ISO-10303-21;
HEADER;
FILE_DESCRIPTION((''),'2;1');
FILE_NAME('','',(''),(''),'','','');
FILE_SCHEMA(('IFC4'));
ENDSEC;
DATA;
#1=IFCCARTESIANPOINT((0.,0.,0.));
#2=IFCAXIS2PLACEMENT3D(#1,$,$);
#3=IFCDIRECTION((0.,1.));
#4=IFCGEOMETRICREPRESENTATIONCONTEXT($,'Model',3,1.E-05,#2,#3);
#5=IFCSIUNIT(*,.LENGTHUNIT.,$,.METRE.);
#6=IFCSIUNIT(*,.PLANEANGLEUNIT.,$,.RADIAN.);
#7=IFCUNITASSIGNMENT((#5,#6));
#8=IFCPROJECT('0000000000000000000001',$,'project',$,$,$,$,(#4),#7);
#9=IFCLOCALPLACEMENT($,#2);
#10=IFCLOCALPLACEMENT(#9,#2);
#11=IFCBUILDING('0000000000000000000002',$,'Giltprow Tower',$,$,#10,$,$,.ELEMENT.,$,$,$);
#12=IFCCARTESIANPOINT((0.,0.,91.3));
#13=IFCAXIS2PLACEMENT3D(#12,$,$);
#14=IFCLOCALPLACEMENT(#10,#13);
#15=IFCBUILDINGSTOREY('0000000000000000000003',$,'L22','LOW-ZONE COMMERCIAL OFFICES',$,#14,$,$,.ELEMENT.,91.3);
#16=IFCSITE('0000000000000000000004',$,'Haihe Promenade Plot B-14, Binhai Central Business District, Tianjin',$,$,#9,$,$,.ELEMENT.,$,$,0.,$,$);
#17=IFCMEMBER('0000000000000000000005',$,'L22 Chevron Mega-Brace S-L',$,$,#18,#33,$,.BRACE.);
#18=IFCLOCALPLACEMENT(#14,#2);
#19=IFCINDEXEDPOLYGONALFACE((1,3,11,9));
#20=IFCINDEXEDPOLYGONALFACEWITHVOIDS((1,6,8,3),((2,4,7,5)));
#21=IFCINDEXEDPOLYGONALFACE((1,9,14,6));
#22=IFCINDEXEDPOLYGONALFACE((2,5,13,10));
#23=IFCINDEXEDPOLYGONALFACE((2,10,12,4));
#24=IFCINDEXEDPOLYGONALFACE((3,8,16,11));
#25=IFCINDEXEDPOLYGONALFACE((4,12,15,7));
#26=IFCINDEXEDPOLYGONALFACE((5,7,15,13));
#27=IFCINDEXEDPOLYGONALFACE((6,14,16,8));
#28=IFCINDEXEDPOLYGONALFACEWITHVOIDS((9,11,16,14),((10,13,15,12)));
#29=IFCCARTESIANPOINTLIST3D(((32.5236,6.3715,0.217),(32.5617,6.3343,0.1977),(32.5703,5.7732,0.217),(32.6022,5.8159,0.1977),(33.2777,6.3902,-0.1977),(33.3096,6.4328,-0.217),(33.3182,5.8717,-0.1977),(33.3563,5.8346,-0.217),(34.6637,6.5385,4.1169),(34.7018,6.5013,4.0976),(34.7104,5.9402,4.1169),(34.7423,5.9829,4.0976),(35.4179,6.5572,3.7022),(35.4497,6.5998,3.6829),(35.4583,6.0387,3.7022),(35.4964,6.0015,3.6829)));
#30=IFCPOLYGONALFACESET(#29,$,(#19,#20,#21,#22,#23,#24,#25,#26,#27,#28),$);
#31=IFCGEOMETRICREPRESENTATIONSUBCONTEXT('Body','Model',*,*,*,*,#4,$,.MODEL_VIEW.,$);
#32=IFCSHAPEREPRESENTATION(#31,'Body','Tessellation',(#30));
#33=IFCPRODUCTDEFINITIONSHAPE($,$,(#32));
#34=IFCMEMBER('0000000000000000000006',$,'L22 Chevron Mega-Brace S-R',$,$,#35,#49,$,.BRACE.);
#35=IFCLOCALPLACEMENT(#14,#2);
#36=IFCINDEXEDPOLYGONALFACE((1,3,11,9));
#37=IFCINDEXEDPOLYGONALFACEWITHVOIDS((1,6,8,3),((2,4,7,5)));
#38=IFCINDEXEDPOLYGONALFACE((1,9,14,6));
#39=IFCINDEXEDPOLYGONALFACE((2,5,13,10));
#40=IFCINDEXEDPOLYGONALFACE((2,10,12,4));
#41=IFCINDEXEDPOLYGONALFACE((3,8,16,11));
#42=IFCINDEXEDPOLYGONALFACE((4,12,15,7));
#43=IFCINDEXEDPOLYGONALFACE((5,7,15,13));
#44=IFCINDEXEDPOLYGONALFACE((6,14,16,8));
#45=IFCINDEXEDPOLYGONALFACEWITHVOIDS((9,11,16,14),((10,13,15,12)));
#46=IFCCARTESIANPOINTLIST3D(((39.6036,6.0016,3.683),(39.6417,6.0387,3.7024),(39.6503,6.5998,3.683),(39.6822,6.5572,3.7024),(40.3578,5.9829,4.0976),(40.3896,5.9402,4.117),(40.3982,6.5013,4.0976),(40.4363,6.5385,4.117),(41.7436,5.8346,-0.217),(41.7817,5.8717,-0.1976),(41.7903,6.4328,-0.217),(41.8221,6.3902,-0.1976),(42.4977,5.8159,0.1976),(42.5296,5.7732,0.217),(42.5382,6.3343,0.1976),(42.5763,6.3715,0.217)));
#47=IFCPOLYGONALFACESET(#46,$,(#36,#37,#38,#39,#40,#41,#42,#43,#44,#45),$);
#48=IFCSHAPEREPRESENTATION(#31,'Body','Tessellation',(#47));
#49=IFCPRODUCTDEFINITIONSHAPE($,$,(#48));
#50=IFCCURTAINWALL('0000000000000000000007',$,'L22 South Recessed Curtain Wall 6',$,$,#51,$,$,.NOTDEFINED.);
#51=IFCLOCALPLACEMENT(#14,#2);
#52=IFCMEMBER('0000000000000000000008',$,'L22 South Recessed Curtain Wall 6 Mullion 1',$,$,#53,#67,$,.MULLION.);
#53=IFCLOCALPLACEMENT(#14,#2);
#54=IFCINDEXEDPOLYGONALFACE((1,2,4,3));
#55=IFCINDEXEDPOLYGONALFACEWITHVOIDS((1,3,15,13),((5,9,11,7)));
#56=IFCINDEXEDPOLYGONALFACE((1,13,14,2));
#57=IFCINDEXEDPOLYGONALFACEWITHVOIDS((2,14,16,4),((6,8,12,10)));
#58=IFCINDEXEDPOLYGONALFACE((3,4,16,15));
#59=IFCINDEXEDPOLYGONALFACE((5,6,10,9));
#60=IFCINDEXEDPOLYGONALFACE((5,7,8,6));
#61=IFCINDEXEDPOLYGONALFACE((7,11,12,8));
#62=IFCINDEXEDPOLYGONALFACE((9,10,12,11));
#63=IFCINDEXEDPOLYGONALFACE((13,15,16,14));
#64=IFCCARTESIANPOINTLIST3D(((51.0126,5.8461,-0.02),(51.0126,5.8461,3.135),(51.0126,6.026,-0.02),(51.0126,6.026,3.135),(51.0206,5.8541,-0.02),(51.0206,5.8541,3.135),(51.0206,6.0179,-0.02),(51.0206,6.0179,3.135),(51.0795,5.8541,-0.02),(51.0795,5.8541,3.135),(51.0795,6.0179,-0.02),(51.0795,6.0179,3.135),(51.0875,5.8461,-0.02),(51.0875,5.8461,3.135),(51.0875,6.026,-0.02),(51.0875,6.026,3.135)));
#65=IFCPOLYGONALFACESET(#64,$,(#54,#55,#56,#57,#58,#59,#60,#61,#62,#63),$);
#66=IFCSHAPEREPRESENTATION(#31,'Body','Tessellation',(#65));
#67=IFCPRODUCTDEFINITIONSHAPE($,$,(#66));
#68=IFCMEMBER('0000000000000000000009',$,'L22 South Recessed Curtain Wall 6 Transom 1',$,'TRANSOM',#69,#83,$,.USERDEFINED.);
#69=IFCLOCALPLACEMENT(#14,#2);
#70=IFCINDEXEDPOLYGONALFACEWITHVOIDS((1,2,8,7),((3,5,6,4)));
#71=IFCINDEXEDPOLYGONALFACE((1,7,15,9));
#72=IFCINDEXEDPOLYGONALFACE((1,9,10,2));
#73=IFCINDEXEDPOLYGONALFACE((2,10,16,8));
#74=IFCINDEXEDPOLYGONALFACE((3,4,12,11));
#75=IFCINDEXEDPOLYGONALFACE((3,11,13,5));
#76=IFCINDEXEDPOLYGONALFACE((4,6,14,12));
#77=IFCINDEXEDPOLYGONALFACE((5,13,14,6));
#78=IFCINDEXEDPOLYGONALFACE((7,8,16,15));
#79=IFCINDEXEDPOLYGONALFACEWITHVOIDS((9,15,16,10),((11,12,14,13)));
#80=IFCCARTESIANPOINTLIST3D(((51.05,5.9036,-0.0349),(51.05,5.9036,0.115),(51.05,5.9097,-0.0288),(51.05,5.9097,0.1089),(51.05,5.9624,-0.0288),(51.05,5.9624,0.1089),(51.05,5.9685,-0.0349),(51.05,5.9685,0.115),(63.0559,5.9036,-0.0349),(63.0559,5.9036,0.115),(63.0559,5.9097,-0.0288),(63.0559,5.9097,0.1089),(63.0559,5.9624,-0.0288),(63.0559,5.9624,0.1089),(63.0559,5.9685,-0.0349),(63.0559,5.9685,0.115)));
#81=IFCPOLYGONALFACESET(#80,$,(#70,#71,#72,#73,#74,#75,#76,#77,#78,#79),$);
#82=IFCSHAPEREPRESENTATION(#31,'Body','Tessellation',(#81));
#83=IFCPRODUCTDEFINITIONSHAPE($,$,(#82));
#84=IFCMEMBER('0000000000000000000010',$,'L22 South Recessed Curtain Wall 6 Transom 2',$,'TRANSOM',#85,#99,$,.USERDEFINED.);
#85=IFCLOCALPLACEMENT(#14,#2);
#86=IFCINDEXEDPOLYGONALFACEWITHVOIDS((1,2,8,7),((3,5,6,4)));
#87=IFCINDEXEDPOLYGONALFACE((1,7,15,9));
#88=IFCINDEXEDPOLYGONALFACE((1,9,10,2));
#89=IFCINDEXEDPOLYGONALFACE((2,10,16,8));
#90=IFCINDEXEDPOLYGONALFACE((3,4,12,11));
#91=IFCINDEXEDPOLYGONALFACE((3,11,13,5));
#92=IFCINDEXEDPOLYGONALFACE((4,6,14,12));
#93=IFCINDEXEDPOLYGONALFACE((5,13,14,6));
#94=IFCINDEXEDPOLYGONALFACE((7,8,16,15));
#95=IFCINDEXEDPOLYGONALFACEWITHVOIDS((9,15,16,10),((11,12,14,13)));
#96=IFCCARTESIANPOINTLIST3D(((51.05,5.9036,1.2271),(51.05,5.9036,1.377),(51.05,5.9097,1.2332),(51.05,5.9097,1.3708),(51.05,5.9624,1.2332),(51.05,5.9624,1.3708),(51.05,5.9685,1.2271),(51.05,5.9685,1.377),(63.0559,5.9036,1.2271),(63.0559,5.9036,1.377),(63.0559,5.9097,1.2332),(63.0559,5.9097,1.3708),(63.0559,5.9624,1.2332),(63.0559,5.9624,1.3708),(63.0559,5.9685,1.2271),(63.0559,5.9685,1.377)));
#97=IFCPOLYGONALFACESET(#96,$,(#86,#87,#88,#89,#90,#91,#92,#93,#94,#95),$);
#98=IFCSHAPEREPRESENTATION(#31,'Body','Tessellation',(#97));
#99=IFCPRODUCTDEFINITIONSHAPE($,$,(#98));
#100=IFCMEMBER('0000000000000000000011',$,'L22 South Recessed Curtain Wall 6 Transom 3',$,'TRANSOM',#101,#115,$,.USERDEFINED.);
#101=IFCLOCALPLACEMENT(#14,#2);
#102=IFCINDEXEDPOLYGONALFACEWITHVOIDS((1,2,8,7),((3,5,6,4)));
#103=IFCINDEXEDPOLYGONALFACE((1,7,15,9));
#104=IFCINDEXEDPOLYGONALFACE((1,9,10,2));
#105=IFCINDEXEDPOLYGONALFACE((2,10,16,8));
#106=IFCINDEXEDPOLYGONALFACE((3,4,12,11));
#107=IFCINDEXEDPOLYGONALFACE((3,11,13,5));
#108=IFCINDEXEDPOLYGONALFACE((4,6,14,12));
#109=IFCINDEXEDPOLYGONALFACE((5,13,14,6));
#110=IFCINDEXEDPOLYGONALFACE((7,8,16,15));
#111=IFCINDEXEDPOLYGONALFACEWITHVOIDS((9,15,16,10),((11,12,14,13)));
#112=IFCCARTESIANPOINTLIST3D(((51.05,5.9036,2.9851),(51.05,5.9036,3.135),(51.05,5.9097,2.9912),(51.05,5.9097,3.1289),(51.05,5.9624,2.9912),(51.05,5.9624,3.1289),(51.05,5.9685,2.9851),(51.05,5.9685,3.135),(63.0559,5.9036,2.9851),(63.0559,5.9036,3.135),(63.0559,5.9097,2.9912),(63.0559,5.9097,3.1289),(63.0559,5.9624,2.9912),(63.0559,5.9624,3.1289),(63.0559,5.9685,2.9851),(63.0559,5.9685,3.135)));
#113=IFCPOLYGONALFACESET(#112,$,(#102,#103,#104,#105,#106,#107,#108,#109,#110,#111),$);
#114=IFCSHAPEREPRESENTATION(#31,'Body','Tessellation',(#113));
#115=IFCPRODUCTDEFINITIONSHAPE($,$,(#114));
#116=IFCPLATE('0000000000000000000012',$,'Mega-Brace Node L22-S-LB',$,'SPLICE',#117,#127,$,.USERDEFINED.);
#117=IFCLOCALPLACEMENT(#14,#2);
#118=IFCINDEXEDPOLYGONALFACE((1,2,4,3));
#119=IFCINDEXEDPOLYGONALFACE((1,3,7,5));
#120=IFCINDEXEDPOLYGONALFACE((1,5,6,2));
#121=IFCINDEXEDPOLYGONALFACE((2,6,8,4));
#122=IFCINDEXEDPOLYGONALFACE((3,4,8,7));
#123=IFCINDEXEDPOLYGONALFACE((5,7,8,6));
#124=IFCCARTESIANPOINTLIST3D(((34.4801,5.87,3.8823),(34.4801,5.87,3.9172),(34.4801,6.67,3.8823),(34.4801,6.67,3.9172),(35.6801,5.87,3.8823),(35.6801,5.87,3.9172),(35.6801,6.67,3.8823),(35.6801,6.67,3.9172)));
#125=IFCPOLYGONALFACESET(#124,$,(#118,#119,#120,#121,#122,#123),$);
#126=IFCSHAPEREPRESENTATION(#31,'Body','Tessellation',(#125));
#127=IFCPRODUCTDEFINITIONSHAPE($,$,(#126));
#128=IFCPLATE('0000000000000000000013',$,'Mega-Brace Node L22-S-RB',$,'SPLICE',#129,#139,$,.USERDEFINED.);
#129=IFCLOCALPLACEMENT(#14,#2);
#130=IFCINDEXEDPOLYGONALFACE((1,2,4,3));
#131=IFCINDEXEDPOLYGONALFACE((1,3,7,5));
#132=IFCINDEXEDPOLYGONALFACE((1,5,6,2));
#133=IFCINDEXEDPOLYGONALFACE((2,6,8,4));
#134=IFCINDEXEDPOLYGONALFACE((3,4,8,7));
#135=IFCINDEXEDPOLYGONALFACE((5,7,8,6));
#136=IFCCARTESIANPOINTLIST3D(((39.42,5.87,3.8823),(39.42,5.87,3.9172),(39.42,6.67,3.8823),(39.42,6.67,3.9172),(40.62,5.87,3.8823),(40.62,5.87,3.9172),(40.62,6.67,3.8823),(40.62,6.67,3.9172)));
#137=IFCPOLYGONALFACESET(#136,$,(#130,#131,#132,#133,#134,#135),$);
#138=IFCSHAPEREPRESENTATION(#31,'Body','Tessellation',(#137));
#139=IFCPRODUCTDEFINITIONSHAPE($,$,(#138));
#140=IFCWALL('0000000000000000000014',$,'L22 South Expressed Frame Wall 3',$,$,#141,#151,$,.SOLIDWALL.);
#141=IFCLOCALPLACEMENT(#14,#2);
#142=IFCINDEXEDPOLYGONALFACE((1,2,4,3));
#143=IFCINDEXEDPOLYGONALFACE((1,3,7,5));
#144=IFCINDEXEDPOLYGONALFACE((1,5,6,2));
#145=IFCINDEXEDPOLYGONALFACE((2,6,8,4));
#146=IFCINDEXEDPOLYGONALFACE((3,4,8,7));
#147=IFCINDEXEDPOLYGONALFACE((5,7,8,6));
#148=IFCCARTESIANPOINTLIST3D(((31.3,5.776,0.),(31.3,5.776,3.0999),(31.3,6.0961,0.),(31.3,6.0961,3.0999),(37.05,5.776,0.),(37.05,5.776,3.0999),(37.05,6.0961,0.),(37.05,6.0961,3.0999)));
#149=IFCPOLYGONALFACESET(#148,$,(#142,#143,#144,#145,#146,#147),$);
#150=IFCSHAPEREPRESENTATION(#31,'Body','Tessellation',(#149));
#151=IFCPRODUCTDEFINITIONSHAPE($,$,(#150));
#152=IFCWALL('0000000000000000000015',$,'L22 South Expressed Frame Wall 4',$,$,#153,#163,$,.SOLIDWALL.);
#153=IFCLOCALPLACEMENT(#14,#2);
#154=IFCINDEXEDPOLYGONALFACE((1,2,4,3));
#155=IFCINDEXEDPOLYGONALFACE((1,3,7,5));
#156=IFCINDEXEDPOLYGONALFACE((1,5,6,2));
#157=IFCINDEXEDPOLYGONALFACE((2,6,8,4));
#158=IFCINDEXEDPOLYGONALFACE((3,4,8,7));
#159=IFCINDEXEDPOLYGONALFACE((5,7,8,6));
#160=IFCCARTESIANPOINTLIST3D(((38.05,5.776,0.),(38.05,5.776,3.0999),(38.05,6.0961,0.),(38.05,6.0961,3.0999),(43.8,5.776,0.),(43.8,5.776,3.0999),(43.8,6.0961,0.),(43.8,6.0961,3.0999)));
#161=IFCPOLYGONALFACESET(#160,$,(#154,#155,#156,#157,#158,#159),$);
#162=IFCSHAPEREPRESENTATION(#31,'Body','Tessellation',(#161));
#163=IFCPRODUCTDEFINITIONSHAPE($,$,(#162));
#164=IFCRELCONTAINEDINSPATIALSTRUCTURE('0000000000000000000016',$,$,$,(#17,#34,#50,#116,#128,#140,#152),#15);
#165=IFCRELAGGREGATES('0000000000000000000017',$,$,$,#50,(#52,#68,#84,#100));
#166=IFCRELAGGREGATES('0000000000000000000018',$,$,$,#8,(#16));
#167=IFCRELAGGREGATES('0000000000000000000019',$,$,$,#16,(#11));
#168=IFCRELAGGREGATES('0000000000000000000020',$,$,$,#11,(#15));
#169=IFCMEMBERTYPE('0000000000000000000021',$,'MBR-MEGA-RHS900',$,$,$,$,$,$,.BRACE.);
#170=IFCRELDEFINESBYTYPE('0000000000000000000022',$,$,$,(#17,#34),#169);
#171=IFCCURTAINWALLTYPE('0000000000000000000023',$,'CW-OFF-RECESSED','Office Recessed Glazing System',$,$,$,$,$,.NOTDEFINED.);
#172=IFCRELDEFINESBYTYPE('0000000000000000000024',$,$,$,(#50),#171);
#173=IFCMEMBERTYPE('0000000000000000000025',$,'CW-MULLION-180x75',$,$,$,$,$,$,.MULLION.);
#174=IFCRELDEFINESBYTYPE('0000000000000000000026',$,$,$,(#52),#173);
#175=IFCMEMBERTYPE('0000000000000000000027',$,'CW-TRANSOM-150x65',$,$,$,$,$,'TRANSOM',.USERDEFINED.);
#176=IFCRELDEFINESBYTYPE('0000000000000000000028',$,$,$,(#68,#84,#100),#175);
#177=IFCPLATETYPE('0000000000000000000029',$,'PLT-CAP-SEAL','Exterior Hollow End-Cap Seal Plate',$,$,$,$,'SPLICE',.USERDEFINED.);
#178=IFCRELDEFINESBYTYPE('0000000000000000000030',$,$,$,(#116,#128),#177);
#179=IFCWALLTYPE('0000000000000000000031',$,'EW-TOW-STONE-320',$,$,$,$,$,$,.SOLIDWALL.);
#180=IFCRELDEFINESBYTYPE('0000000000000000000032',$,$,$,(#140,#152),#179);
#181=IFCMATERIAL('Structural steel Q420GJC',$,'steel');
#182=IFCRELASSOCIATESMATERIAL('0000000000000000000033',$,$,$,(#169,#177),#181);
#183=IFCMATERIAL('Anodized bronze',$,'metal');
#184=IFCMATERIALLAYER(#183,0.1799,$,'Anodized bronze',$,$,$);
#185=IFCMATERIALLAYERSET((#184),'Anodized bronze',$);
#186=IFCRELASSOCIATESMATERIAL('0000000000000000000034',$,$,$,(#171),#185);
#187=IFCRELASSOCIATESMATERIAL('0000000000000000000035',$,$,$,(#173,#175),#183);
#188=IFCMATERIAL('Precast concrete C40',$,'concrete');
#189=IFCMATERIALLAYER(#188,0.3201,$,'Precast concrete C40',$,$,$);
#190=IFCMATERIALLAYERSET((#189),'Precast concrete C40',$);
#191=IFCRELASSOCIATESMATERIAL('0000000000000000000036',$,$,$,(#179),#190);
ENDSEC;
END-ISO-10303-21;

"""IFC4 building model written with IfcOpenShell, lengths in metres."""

from ifc_helpers import new_model, si_unit, direction, frame, frame_2d, origin, origin_2d, place, context, subcontext, project, spatial, rectangle, hollow_rectangle, extrude, source, transform, mapped, material, layer, layer_set, material_profile, profile_set, type_object, element, aggregate, save


model = new_model("IFC4")

# Units and contexts
model_context = context("Model", 3, precision=1e-05, world=origin(), true_north=direction((0.0, 1.0)))
body_context = subcontext(model_context, "Body", "Model", "MODEL_VIEW")
ifc_project = project(units=[si_unit("LENGTHUNIT", "METRE"), si_unit("PLANEANGLEUNIT", "RADIAN")], contexts=[model_context])

# Site, building, storey
site_placement = place(None, origin())
site = spatial("IfcSite", under=ifc_project, at=site_placement, Name="Haihe Promenade Plot B-14, Binhai Central Business District, Tianjin", CompositionType="ELEMENT", RefElevation=0.0)
building_placement = place(site_placement, origin())
building = spatial("IfcBuilding", under=site, at=building_placement, Name="Giltprow Tower", CompositionType="ELEMENT")
storey_placement = place(building_placement, frame((0.0, 0.0, 91.3)))
storey = spatial("IfcBuildingStorey", under=building, at=storey_placement, Name="L22", Description="LOW-ZONE COMMERCIAL OFFICES", CompositionType="ELEMENT", Elevation=91.3)

# Shared definitions
ifc_material_1 = material(Name="Structural steel Q420GJC", Category="steel")

# Members
ifc_material_profile_1 = material_profile(ifc_material_1, hollow_rectangle(XDim=0.6001, YDim=0.8999, WallThickness=0.04, at=origin_2d()), Name="RHS 900x600x40")
ifc_profile_set_1 = profile_set([ifc_material_profile_1], Name="Structural steel Q420GJC")
member_type_1 = type_object("IfcMemberType", Name="MBR-MEGA-RHS900", PredefinedType="BRACE", material=ifc_profile_set_1)
shared_shape_1 = source(origin(), body_context, "Body", "SweptSolid", [
    extrude(hollow_rectangle(XDim=0.6001, YDim=0.8999, WallThickness=0.04, at=origin_2d()), origin(), (0.0, 0.0, 1.0), 4.4517),
])
for number, where, z_axis, x_axis, name in (
    (1, (32.9399, 6.103, 0.0), (0.48075, 0.037512, 0.876055), (-0.077792, 0.99697, 0.0), "L22 Chevron Mega-Brace S-L"),
    (2, (42.1599, 6.103, 0.0), (-0.480708, 0.037513, 0.876078), (-0.077801, -0.996969, 0.0), "L22 Chevron Mega-Brace S-R"),
):
    element("IfcMember", number, at=place(storey_placement, frame(where, z_axis=z_axis, x_axis=x_axis)), inside=storey, type_object=member_type_1, Name=name, PredefinedType="BRACE", context=body_context, shape_type="MappedRepresentation", body=[
        mapped(shared_shape_1, transform((0.0, 0.0, 0.0), x_axis=(1.0, 0.0, 0.0), y_axis=(0.0, 1.0, 0.0), z_axis=(0.0, 0.0, 1.0), scale=1.0)),
    ])

# Curtain wall, members
ifc_material_2 = material(Name="Anodized bronze", Category="metal")
ifc_layer_1 = layer(ifc_material_2, 0.1799, Name="Anodized bronze")
ifc_layer_set_1 = layer_set([ifc_layer_1], Name="Anodized bronze")
curtain_wall_type = type_object("IfcCurtainWallType", Name="CW-OFF-RECESSED", Description="Office Recessed Glazing System", PredefinedType="NOTDEFINED", material=ifc_layer_set_1)
curtain_wall_placement = place(storey_placement, origin())
curtain_wall = element("IfcCurtainWall", 3, at=curtain_wall_placement, inside=storey, type_object=curtain_wall_type, Name="L22 South Recessed Curtain Wall 6", PredefinedType="NOTDEFINED")
ifc_material_profile_2 = material_profile(ifc_material_2, hollow_rectangle(XDim=0.075, YDim=0.1799, WallThickness=0.0081, at=origin_2d()), Name="RHS 180x75x8")
ifc_profile_set_2 = profile_set([ifc_material_profile_2], Name="Anodized bronze")
member_type_2 = type_object("IfcMemberType", Name="CW-MULLION-180x75", PredefinedType="MULLION", material=ifc_profile_set_2)
shared_shape_2 = source(origin(), body_context, "Body", "SweptSolid", [
    extrude(hollow_rectangle(XDim=0.075, YDim=0.1799, WallThickness=0.0081, at=origin_2d()), origin(), (0.0, 0.0, 1.0), 3.155),
])
member_1_placement = place(storey_placement, frame((51.05, 5.936, -0.02), z_axis=(0.0, 0.0, 1.0), x_axis=(1.0, 0.0, 0.0)))
member_1 = element("IfcMember", 4, at=member_1_placement, type_object=member_type_2, Name="L22 South Recessed Curtain Wall 6 Mullion 1", PredefinedType="MULLION", context=body_context, shape_type="MappedRepresentation", body=[
    mapped(shared_shape_2, transform((0.0, 0.0, 0.0), x_axis=(1.0, 0.0, 0.0), y_axis=(0.0, 1.0, 0.0), z_axis=(0.0, 0.0, 1.0), scale=1.0)),
])
ifc_material_profile_3 = material_profile(ifc_material_2, hollow_rectangle(XDim=0.0649, YDim=0.1499, WallThickness=0.0061, at=origin_2d()), Name="RHS 150x65x6")
ifc_profile_set_3 = profile_set([ifc_material_profile_3], Name="Anodized bronze")
member_type_3 = type_object("IfcMemberType", Name="CW-TRANSOM-150x65", ElementType="TRANSOM", PredefinedType="USERDEFINED", material=ifc_profile_set_3)
shared_shape_3 = source(origin(), body_context, "Body", "SweptSolid", [
    extrude(hollow_rectangle(XDim=0.0649, YDim=0.1499, WallThickness=0.0061, at=origin_2d()), origin(), (0.0, 0.0, 1.0), 12.0059),
])
member_2_placement = place(storey_placement, frame((51.05, 5.936, 0.04), z_axis=(1.0, 0.0, 0.0), x_axis=(0.0, 1.0, 0.0)))
member_2 = element("IfcMember", 5, at=member_2_placement, type_object=member_type_3, Name="L22 South Recessed Curtain Wall 6 Transom 1", ObjectType="TRANSOM", PredefinedType="USERDEFINED", context=body_context, shape_type="MappedRepresentation", body=[
    mapped(shared_shape_3, transform((0.0, 0.0, 0.0), x_axis=(1.0, 0.0, 0.0), y_axis=(0.0, 1.0, 0.0), z_axis=(0.0, 0.0, 1.0), scale=1.0)),
])
member_3_placement = place(storey_placement, frame((51.05, 5.936, 1.302), z_axis=(1.0, 0.0, 0.0), x_axis=(0.0, 1.0, 0.0)))
member_3 = element("IfcMember", 6, at=member_3_placement, type_object=member_type_3, Name="L22 South Recessed Curtain Wall 6 Transom 2", ObjectType="TRANSOM", PredefinedType="USERDEFINED", context=body_context, shape_type="MappedRepresentation", body=[
    mapped(shared_shape_3, transform((0.0, 0.0, 0.0), x_axis=(1.0, 0.0, 0.0), y_axis=(0.0, 1.0, 0.0), z_axis=(0.0, 0.0, 1.0), scale=1.0)),
])
member_4_placement = place(storey_placement, frame((51.05, 5.936, 3.0601), z_axis=(1.0, 0.0, 0.0), x_axis=(0.0, 1.0, 0.0)))
member_4 = element("IfcMember", 7, at=member_4_placement, type_object=member_type_3, Name="L22 South Recessed Curtain Wall 6 Transom 3", ObjectType="TRANSOM", PredefinedType="USERDEFINED", context=body_context, shape_type="MappedRepresentation", body=[
    mapped(shared_shape_3, transform((0.0, 0.0, 0.0), x_axis=(1.0, 0.0, 0.0), y_axis=(0.0, 1.0, 0.0), z_axis=(0.0, 0.0, 1.0), scale=1.0)),
])
aggregate(curtain_wall, [member_1, member_2, member_3, member_4])

# Plates
plate_type = type_object("IfcPlateType", Name="PLT-CAP-SEAL", Description="Exterior Hollow End-Cap Seal Plate", ElementType="SPLICE", PredefinedType="USERDEFINED", material=ifc_material_1)
shared_shape_4 = source(origin(), body_context, "Body", "SweptSolid", [
    extrude(rectangle(XDim=1.2, YDim=0.8, at=origin_2d()), origin(), (0.0, 0.0, 1.0), 0.0349),
])
for number, where, z_axis, x_axis, name in (
    (8, (35.0801, 6.27, 3.8823), (0.0, 0.0, 1.0), (1.0, 0.0, 0.0), "Mega-Brace Node L22-S-LB"),
    (9, (40.02, 6.27, 3.8823), (0.0, 0.0, 1.0), (1.0, 0.0, 0.0), "Mega-Brace Node L22-S-RB"),
):
    element("IfcPlate", number, at=place(storey_placement, frame(where, z_axis=z_axis, x_axis=x_axis)), inside=storey, type_object=plate_type, Name=name, ObjectType="SPLICE", PredefinedType="USERDEFINED", context=body_context, shape_type="MappedRepresentation", body=[
        mapped(shared_shape_4, transform((0.0, 0.0, 0.0), x_axis=(1.0, 0.0, 0.0), y_axis=(0.0, 1.0, 0.0), z_axis=(0.0, 0.0, 1.0), scale=1.0)),
    ])

# Walls
ifc_material_3 = material(Name="Precast concrete C40", Category="concrete")
ifc_layer_2 = layer(ifc_material_3, 0.3201, Name="Precast concrete C40")
ifc_layer_set_2 = layer_set([ifc_layer_2], Name="Precast concrete C40")
wall_type_1 = type_object("IfcWallType", Name="EW-TOW-STONE-320", PredefinedType="SOLIDWALL", material=ifc_layer_set_2)
for number, where, z_axis, x_axis, name in (
    (10, (31.3, 5.936, 0.0), (0.0, 0.0, 1.0), (1.0, 0.0, 0.0), "L22 South Expressed Frame Wall 3"),
    (11, (38.05, 5.936, 0.0), (0.0, 0.0, 1.0), (1.0, 0.0, 0.0), "L22 South Expressed Frame Wall 4"),
):
    element("IfcWall", number, at=place(storey_placement, frame(where, z_axis=z_axis, x_axis=x_axis)), inside=storey, type_object=wall_type_1, Name=name, PredefinedType="SOLIDWALL", context=body_context, shape_type="SweptSolid", body=[
        extrude(rectangle(XDim=5.75, YDim=0.3201, at=frame_2d((2.875, 0.0))), origin(), (0.0, 0.0, 1.0), 3.0999),
    ])

save(model, "model.ifc")
